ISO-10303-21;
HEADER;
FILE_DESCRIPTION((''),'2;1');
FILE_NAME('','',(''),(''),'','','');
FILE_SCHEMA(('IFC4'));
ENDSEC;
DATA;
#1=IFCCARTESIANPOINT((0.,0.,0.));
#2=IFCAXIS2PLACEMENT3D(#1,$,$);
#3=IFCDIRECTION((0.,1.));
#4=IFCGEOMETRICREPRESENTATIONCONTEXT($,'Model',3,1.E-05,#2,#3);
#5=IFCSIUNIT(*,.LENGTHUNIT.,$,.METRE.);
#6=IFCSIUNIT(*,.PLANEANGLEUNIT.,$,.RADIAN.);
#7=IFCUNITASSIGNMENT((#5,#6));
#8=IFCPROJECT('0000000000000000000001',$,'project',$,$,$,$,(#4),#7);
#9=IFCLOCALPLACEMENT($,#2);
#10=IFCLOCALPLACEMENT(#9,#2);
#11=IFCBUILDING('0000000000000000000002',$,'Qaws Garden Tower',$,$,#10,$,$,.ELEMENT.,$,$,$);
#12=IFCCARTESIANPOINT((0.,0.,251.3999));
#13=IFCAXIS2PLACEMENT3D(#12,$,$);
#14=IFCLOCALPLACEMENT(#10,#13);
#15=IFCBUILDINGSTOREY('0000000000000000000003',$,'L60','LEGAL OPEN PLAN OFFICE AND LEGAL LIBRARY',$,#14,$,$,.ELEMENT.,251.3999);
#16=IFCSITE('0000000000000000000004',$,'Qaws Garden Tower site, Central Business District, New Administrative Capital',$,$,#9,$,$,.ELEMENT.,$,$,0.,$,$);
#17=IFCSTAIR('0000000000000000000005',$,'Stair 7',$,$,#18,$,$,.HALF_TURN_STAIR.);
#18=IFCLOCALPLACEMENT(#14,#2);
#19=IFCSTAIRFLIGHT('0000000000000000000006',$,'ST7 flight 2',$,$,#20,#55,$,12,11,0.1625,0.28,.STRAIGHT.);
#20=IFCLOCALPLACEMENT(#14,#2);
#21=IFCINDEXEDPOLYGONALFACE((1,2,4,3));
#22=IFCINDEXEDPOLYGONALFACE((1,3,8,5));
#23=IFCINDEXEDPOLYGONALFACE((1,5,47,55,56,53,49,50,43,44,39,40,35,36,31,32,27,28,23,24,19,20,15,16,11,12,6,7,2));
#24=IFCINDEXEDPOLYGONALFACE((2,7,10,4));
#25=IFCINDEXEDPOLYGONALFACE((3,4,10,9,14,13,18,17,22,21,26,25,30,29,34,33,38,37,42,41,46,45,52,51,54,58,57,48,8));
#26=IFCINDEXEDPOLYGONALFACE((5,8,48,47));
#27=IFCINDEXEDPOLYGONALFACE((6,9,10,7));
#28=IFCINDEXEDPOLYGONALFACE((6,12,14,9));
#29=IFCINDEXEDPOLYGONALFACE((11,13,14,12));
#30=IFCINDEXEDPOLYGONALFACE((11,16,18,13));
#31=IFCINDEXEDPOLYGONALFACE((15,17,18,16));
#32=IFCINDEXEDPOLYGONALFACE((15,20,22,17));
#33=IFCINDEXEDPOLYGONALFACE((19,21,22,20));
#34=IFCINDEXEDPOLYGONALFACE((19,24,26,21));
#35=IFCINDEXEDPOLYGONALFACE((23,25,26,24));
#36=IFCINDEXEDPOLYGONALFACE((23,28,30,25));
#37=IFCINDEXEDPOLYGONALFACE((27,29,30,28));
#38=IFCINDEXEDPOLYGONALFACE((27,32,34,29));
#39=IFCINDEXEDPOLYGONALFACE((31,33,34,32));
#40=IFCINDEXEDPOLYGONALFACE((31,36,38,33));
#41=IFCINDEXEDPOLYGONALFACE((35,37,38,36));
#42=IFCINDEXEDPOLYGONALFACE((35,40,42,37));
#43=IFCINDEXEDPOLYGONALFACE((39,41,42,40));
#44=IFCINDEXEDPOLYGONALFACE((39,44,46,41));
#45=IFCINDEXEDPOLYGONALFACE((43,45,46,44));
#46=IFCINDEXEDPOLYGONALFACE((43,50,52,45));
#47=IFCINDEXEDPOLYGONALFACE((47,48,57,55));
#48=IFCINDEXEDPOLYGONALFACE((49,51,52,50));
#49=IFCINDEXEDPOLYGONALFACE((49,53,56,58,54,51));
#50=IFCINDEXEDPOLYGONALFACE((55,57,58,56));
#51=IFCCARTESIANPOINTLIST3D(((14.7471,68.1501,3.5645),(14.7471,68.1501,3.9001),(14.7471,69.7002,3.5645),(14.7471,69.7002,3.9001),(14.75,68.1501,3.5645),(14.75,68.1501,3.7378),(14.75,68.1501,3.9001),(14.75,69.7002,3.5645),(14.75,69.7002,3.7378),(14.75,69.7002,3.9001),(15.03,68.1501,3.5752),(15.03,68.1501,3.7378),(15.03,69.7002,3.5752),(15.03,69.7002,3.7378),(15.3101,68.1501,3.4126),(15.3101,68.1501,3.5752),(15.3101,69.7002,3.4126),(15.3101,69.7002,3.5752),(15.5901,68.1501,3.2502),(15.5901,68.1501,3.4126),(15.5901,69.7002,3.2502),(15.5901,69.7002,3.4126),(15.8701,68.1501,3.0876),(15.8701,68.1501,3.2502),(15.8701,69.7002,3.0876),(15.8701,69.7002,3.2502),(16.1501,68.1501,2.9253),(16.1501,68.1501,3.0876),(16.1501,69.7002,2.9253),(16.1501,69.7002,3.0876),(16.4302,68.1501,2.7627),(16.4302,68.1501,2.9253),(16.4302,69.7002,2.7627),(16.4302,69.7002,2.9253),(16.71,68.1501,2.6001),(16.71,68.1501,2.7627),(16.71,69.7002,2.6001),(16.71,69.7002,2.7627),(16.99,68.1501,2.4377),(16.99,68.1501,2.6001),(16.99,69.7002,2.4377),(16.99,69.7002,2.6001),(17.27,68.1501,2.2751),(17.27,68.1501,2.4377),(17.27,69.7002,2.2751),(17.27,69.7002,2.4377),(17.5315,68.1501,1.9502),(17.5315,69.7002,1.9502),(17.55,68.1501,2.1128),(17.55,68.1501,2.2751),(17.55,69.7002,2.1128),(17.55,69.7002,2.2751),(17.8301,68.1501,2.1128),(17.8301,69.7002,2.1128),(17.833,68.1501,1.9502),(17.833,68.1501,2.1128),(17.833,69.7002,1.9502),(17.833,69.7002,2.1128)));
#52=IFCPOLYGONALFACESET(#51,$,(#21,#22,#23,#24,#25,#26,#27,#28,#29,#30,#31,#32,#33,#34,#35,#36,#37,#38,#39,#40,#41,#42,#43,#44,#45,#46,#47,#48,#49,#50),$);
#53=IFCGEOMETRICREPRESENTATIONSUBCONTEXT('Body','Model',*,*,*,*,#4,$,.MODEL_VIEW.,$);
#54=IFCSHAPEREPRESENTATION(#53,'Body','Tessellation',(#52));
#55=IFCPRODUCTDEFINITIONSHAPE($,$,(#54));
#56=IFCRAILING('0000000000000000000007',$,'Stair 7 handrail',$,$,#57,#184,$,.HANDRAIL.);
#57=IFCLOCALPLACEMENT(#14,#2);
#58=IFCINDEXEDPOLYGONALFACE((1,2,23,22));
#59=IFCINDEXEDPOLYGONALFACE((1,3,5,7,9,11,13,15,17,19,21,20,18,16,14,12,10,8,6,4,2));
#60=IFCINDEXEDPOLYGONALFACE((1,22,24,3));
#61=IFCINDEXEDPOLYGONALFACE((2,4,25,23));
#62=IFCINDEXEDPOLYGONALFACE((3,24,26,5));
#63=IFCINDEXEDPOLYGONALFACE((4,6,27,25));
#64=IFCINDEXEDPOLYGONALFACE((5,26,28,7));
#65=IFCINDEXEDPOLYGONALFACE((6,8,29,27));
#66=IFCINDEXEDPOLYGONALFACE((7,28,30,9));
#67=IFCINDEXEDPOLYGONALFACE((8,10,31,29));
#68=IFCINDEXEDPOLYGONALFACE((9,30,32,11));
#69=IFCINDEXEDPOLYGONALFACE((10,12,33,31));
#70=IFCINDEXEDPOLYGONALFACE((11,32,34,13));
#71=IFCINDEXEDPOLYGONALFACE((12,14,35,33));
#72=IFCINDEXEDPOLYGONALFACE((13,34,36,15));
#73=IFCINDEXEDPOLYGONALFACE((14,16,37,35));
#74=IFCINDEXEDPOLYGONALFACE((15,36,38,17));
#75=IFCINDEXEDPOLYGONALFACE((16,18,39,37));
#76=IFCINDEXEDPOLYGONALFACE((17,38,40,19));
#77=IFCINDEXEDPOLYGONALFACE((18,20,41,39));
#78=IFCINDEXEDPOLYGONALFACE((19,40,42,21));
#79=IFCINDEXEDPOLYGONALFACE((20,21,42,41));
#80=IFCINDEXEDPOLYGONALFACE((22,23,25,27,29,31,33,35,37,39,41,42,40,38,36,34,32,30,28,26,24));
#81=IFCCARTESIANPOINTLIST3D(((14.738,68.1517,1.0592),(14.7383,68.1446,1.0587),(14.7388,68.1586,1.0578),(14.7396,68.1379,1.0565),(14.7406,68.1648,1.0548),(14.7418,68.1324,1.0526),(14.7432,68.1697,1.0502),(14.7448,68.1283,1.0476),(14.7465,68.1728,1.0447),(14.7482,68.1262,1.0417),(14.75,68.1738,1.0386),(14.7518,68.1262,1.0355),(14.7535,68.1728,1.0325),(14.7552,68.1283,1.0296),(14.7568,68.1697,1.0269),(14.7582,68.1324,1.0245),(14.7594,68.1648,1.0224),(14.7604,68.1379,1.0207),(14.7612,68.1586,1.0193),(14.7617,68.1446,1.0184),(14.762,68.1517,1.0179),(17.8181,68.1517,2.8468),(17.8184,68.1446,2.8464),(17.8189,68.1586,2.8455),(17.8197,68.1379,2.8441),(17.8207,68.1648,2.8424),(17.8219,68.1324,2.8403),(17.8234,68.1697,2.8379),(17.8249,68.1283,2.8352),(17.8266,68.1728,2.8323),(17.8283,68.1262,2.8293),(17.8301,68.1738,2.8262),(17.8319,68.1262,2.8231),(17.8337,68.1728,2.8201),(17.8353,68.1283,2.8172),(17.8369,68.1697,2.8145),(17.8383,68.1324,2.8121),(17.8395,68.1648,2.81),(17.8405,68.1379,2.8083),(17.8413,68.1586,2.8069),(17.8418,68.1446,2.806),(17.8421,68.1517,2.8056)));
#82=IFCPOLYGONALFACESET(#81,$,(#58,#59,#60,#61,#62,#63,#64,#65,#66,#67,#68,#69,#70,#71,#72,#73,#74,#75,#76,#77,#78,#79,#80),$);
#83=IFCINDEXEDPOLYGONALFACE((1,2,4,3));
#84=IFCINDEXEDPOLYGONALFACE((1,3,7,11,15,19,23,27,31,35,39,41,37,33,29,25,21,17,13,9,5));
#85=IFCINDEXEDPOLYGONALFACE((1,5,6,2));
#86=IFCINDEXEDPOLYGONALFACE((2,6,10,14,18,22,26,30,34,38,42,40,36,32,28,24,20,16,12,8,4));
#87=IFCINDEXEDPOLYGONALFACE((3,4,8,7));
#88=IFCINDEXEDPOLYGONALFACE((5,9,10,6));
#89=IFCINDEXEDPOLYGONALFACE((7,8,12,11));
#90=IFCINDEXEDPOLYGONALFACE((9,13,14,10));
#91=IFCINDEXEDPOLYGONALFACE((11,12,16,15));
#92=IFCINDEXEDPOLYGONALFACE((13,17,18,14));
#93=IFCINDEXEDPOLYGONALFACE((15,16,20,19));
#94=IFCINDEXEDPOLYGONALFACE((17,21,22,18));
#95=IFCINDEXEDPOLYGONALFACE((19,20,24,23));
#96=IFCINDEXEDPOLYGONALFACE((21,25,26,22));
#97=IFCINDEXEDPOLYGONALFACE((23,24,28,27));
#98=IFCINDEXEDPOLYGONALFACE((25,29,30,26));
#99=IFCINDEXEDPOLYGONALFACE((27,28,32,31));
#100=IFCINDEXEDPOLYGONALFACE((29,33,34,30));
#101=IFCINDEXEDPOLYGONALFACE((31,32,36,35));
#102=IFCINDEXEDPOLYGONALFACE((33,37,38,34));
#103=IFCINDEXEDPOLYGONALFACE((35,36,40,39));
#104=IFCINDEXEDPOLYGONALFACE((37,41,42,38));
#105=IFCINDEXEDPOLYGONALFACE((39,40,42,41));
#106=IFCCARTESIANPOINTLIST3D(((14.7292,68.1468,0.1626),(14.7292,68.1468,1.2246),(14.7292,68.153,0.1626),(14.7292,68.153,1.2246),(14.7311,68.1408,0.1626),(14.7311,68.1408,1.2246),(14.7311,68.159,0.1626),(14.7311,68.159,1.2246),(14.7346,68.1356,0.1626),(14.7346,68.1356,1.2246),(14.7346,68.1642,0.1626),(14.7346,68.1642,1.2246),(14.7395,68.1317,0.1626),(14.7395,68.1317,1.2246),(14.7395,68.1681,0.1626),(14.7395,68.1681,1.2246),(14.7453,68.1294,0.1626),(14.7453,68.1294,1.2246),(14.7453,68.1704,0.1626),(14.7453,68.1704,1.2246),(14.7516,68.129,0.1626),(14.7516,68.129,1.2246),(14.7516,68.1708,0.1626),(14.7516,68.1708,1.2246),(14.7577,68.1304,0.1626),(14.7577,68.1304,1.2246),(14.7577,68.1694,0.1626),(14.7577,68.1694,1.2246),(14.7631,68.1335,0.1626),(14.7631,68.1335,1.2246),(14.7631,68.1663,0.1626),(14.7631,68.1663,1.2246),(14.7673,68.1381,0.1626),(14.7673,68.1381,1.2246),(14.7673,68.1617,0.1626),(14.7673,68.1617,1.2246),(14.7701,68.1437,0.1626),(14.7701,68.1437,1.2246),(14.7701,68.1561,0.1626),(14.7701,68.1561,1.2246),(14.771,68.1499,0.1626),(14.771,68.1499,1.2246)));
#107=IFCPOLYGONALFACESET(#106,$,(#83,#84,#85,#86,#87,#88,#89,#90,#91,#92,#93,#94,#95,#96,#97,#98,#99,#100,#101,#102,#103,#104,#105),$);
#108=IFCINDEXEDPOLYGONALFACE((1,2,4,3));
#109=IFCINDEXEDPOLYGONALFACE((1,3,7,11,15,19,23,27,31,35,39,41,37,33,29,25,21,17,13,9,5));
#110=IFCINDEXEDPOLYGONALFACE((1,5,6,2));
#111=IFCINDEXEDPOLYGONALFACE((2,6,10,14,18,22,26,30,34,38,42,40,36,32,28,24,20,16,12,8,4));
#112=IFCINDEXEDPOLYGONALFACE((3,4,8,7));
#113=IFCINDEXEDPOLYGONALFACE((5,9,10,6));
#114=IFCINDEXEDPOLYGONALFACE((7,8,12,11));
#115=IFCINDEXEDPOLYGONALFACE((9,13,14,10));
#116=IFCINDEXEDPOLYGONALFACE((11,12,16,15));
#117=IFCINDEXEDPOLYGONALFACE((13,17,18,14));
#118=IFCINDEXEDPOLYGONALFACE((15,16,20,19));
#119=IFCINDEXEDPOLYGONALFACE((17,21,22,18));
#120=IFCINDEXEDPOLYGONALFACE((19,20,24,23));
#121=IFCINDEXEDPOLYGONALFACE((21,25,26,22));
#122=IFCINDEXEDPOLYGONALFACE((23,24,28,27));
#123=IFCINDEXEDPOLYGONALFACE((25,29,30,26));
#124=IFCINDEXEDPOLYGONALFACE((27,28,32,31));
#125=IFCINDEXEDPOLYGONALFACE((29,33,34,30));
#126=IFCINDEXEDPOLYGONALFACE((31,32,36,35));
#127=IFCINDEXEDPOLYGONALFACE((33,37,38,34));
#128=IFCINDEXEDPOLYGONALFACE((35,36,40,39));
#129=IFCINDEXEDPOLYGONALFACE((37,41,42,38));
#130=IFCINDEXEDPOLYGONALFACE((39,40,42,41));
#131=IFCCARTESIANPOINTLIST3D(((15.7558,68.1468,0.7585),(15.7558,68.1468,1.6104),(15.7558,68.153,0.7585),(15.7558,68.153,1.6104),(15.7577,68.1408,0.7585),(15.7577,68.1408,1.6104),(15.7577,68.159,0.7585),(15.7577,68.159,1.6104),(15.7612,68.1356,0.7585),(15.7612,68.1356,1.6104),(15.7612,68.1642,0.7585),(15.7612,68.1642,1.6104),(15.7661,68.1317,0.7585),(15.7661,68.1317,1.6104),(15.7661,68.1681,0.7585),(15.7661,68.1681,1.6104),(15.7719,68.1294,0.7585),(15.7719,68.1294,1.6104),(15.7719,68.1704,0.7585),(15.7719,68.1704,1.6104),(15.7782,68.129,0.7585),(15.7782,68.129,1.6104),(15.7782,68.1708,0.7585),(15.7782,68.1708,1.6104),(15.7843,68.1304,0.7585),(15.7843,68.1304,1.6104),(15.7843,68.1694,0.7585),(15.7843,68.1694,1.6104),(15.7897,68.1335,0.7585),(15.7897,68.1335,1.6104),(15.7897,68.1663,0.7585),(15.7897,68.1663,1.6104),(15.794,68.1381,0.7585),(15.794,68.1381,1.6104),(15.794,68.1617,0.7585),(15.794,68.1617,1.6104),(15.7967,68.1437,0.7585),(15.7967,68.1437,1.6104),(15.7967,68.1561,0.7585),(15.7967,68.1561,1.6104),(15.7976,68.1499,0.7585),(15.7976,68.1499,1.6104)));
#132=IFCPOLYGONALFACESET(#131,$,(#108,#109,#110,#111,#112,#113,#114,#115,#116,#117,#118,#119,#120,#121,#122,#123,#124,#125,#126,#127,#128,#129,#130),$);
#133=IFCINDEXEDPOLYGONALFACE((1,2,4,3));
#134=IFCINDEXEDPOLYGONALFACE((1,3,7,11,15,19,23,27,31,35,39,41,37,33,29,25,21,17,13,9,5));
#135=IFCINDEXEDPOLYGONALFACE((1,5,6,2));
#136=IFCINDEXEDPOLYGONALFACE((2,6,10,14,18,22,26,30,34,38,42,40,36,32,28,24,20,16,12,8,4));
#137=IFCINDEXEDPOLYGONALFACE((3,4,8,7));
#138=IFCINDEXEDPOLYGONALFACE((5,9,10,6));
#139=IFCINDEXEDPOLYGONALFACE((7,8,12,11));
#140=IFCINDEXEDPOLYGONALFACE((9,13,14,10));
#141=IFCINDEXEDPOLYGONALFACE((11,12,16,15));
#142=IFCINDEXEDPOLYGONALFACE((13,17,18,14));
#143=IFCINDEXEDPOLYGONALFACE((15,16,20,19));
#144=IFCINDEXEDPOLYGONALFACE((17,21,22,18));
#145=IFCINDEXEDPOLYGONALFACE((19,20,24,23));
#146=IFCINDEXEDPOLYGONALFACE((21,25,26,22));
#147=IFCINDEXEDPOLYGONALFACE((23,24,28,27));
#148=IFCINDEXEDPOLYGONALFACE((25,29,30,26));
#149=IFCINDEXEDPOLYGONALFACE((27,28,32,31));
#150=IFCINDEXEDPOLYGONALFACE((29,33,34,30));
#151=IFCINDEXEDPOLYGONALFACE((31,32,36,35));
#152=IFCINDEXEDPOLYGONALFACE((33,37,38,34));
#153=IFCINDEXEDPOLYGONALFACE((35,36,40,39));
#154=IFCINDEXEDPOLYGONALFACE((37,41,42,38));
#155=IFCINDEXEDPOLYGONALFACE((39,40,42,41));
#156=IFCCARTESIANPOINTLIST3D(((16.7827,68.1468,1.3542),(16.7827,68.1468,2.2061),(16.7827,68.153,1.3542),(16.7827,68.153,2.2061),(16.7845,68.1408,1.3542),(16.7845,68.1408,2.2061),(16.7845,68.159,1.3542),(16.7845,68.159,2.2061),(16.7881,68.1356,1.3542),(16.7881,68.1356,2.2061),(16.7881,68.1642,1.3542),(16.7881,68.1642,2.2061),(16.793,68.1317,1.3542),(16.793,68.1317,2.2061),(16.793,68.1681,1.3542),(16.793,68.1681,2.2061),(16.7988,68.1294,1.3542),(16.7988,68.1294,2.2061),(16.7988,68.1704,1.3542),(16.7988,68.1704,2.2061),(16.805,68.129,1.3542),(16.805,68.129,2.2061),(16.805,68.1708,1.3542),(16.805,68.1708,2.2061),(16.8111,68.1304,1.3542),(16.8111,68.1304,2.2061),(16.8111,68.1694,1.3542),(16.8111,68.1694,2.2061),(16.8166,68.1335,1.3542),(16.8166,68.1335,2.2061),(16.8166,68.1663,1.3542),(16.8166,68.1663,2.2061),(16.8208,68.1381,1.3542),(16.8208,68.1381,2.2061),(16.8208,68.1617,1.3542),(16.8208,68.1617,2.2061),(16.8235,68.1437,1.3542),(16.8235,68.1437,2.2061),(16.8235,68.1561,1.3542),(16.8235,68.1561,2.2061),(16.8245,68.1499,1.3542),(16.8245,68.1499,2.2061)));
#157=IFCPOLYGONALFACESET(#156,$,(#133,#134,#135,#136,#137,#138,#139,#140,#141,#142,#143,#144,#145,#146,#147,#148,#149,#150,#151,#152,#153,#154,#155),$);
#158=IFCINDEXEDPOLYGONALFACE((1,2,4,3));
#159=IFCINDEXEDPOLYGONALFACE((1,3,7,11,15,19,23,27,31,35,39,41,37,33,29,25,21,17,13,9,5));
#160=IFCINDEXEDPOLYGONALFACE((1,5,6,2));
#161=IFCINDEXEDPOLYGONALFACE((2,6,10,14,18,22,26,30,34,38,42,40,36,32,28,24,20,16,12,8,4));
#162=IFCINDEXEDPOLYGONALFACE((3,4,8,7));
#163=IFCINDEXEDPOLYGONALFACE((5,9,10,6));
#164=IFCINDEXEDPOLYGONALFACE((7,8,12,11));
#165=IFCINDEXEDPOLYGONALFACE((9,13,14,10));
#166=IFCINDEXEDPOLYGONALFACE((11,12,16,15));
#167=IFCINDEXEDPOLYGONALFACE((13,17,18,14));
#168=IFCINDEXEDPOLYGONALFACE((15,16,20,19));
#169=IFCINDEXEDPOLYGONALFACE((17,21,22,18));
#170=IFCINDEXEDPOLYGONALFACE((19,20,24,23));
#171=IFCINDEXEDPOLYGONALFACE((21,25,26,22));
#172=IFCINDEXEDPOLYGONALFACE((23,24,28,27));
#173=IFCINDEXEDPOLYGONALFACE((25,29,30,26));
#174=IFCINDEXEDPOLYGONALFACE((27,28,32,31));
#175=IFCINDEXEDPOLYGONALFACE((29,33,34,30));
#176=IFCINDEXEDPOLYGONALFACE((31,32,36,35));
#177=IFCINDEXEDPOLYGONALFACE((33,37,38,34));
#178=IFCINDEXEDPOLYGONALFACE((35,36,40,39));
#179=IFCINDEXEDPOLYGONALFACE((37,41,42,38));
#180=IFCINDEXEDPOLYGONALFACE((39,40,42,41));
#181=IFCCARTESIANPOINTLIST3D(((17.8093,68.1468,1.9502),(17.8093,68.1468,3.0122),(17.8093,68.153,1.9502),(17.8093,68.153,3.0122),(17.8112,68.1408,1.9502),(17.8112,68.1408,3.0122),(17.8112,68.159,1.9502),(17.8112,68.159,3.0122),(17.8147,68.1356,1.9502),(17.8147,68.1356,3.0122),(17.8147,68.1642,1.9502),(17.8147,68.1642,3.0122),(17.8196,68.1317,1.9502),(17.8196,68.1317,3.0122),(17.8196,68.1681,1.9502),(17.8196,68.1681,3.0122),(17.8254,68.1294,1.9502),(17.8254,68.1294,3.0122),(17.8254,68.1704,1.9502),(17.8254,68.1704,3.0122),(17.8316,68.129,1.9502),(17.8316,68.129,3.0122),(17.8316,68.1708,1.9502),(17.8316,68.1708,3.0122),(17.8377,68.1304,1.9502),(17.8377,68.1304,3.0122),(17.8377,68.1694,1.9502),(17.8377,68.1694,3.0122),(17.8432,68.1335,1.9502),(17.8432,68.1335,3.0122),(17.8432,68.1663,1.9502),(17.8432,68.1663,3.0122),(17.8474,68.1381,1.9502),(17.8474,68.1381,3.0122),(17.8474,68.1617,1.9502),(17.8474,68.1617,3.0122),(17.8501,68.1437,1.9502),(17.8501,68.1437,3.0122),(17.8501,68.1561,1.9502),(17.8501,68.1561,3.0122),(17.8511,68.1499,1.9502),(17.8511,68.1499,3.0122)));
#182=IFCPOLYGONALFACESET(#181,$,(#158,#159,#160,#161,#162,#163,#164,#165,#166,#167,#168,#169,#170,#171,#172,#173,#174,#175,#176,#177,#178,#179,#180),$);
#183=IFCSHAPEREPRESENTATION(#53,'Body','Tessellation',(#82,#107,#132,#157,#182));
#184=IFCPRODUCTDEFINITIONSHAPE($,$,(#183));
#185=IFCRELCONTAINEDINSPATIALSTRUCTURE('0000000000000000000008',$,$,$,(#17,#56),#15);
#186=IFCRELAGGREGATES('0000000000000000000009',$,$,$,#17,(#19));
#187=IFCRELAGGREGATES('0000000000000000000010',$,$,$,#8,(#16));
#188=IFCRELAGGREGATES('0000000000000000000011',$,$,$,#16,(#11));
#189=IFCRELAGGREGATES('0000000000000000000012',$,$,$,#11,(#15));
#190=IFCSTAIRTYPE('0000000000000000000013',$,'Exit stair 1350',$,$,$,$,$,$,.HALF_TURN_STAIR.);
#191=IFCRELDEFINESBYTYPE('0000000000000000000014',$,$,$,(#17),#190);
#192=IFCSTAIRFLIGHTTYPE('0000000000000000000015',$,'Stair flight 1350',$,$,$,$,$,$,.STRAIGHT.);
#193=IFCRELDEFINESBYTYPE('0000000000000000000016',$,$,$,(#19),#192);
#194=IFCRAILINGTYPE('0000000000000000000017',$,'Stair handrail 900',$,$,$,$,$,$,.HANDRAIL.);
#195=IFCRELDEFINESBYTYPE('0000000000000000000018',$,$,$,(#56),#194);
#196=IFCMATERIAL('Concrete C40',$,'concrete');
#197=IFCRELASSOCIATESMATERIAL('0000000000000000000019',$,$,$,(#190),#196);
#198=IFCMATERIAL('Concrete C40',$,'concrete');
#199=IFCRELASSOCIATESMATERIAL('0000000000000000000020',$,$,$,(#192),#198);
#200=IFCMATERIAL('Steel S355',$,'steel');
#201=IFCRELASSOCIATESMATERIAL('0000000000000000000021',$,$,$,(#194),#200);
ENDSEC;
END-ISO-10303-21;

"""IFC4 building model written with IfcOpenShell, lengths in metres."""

from ifc_helpers import new_model, si_unit, direction, frame, origin, origin_2d, place, context, subcontext, project, spatial, polyline, circle, outline, extrude, material, type_object, element, aggregate, save


model = new_model("IFC4")

# Units and contexts
model_context = context("Model", 3, precision=1e-05, world=origin(), true_north=direction((0.0, 1.0)))
body_context = subcontext(model_context, "Body", "Model", "MODEL_VIEW")
ifc_project = project(units=[si_unit("LENGTHUNIT", "METRE"), si_unit("PLANEANGLEUNIT", "RADIAN")], contexts=[model_context])

# Site, building, storey
site_placement = place(None, origin())
site = spatial("IfcSite", under=ifc_project, at=site_placement, Name="Qaws Garden Tower site, Central Business District, New Administrative Capital", CompositionType="ELEMENT", RefElevation=0.0)
building_placement = place(site_placement, origin())
building = spatial("IfcBuilding", under=site, at=building_placement, Name="Qaws Garden Tower", CompositionType="ELEMENT")
storey_placement = place(building_placement, frame((0.0, 0.0, 251.3999)))
storey = spatial("IfcBuildingStorey", under=building, at=storey_placement, Name="L60", Description="LEGAL OPEN PLAN OFFICE AND LEGAL LIBRARY", CompositionType="ELEMENT", Elevation=251.3999)

# Stair, stair flight
ifc_material_1 = material(Name="Concrete C40", Category="concrete")
stair_type = type_object("IfcStairType", Name="Exit stair 1350", PredefinedType="HALF_TURN_STAIR", material=ifc_material_1)
stair_placement = place(storey_placement, origin())
stair = element("IfcStair", 1, at=stair_placement, inside=storey, type_object=stair_type, Name="Stair 7", PredefinedType="HALF_TURN_STAIR")
ifc_material_2 = material(Name="Concrete C40", Category="concrete")
stair_flight_type = type_object("IfcStairFlightType", Name="Stair flight 1350", PredefinedType="STRAIGHT", material=ifc_material_2)
stair_flight_1_placement = place(storey_placement, frame((17.8301, 68.925, 1.9502), z_axis=(0.0, 0.0, 1.0), x_axis=(-1.0, 0.0, 0.0)))
stair_flight_1 = element("IfcStairFlight", 2, at=stair_flight_1_placement, type_object=stair_flight_type, Name="ST7 flight 2", NumberOfRisers=12, NumberOfTreads=11, PredefinedType="STRAIGHT", RiserHeight=0.1625, TreadLength=0.28, context=body_context, shape_type="SweptSolid", body=[
    extrude(outline(polyline([(-0.0029, 0.0), (-0.0029, 0.1626), (0.0, 0.1626), (0.28, 0.1626), (0.28, 0.325), (0.5601, 0.325), (0.5601, 0.4875), (0.8401, 0.4875), (0.8401, 0.6499), (1.1201, 0.6499), (1.1201, 0.8125), (1.3999, 0.8125), (1.3999, 0.9751), (1.6799, 0.9751), (1.6799, 1.1375), (1.96, 1.1375), (1.96, 1.3), (2.24, 1.3), (2.24, 1.4624), (2.52, 1.4624), (2.52, 1.625), (2.8, 1.625), (2.8, 1.7876), (3.0801, 1.7876), (3.0801, 1.95), (3.083, 1.95), (3.083, 1.6143), (3.0801, 1.6143), (0.2986, 0.0), (-0.0029, 0.0)])), frame((0.0, 0.7749, 0.0), z_axis=(0.0, -1.0, 0.0), x_axis=(1.0, 0.0, 0.0)), (0.0, 0.0, 1.0), 1.55),
])
aggregate(stair, [stair_flight_1])

# Railing
ifc_material_3 = material(Name="Steel S355", Category="steel")
railing_type = type_object("IfcRailingType", Name="Stair handrail 900", PredefinedType="HANDRAIL", material=ifc_material_3)
railing_1_placement = place(storey_placement, frame((14.75, 68.1499, 0.1626)))
element("IfcRailing", 3, at=railing_1_placement, inside=storey, type_object=railing_type, Name="Stair 7 handrail", PredefinedType="HANDRAIL", context=body_context, shape_type="SweptSolid", body=[
    extrude(circle(Radius=0.0239, at=origin_2d()), frame((0.0, 0.0, 0.876), z_axis=(0.864891, 0.0, 0.50196), x_axis=(0.0, 1.0, 0.0)), (0.0, 0.0, 1.0), 3.5613),
    extrude(circle(Radius=0.021, at=origin_2d()), origin(), (0.0, 0.0, 1.0), 1.062),
    extrude(circle(Radius=0.021, at=origin_2d()), frame((1.0266, 0.0, 0.5959)), (0.0, 0.0, 1.0), 0.8518),
    extrude(circle(Radius=0.021, at=origin_2d()), frame((2.0535, 0.0, 1.1917)), (0.0, 0.0, 1.0), 0.8518),
    extrude(circle(Radius=0.021, at=origin_2d()), frame((3.0801, 0.0, 1.7876)), (0.0, 0.0, 1.0), 1.062),
])

save(model, "model.ifc")
